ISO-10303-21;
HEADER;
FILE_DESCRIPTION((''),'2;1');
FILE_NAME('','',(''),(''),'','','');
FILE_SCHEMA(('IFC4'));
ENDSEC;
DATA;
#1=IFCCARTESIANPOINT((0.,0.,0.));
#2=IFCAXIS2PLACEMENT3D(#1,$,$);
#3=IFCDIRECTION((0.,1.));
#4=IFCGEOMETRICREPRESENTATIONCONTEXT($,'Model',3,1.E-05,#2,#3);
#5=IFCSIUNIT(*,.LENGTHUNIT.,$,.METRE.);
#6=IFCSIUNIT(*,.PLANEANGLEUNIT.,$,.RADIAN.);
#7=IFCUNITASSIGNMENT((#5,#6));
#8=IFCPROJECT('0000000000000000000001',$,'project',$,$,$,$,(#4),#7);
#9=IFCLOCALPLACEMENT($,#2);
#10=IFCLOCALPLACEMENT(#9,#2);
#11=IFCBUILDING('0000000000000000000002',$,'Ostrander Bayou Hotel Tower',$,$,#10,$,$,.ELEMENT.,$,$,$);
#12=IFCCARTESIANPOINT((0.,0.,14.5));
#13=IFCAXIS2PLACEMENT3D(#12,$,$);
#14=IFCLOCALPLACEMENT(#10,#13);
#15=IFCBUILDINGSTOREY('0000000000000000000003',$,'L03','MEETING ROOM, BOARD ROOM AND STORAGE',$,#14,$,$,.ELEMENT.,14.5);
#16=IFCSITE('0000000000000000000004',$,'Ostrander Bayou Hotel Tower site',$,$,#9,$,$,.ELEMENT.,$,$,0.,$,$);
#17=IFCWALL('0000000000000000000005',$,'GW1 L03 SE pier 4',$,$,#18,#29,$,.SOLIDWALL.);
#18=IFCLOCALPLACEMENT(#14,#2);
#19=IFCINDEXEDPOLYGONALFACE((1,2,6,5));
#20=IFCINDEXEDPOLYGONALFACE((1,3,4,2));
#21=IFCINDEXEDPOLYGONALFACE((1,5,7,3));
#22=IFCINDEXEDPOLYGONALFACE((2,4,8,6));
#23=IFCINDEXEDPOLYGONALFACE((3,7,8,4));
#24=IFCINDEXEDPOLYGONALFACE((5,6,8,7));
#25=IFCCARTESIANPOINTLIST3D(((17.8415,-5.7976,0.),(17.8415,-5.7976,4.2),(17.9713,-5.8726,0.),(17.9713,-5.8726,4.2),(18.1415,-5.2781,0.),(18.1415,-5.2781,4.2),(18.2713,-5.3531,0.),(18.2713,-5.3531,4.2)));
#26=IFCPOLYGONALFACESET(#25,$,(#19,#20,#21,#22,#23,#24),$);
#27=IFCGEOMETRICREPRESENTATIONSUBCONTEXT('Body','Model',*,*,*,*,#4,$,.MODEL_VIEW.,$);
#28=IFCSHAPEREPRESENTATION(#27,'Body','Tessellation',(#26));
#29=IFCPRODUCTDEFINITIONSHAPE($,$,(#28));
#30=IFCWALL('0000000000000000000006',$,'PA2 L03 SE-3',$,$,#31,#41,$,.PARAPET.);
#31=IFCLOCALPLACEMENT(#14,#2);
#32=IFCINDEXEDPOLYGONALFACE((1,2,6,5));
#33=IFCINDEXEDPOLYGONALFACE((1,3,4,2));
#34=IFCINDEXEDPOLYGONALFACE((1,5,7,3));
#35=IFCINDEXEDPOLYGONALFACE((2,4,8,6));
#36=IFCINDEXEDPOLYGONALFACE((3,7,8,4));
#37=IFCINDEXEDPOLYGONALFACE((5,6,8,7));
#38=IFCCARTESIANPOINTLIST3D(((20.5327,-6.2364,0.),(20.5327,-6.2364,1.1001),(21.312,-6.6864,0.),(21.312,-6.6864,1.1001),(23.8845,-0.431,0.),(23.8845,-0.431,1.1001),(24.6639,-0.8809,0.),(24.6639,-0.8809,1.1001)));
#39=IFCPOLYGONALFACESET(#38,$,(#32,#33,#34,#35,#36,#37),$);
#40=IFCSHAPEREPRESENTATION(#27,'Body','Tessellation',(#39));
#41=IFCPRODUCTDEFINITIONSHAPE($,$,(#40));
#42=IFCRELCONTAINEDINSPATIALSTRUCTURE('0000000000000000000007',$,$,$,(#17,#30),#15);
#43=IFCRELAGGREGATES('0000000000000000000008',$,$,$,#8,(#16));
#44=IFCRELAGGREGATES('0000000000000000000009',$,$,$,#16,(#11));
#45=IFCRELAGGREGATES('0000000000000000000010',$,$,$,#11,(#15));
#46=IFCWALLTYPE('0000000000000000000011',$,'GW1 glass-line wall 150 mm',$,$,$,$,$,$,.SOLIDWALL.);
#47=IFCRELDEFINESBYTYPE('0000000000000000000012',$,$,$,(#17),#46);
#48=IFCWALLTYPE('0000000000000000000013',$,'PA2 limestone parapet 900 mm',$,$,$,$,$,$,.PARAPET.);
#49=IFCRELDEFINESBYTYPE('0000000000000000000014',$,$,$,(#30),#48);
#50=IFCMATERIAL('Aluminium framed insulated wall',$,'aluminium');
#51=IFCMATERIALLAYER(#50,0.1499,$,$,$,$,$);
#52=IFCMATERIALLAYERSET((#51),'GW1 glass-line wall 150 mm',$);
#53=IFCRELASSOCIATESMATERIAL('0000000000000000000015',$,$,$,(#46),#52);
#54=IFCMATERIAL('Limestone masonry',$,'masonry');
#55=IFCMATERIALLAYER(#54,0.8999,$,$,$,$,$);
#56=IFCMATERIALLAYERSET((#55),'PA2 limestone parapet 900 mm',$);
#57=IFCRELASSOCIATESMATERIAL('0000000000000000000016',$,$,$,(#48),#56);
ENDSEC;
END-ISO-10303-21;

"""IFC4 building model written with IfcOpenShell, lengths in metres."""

from ifc_helpers import new_model, si_unit, direction, frame, frame_2d, origin, place, context, subcontext, project, spatial, rectangle, extrude, material, layer, layer_set, type_object, element, save


model = new_model("IFC4")

# Units and contexts
model_context = context("Model", 3, precision=1e-05, world=origin(), true_north=direction((0.0, 1.0)))
body_context = subcontext(model_context, "Body", "Model", "MODEL_VIEW")
ifc_project = project(units=[si_unit("LENGTHUNIT", "METRE"), si_unit("PLANEANGLEUNIT", "RADIAN")], contexts=[model_context])

# Site, building, storey
site_placement = place(None, origin())
site = spatial("IfcSite", under=ifc_project, at=site_placement, Name="Ostrander Bayou Hotel Tower site", CompositionType="ELEMENT", RefElevation=0.0)
building_placement = place(site_placement, origin())
building = spatial("IfcBuilding", under=site, at=building_placement, Name="Ostrander Bayou Hotel Tower", CompositionType="ELEMENT")
storey_placement = place(building_placement, frame((0.0, 0.0, 14.5)))
storey = spatial("IfcBuildingStorey", under=building, at=storey_placement, Name="L03", Description="MEETING ROOM, BOARD ROOM AND STORAGE", CompositionType="ELEMENT", Elevation=14.5)

# Walls
ifc_material_1 = material(Name="Aluminium framed insulated wall", Category="aluminium")
ifc_layer_1 = layer(ifc_material_1, 0.1499)
ifc_layer_set_1 = layer_set([ifc_layer_1], Name="GW1 glass-line wall 150 mm")
wall_type_1 = type_object("IfcWallType", Name="GW1 glass-line wall 150 mm", PredefinedType="SOLIDWALL", material=ifc_layer_set_1)
wall_1_placement = place(storey_placement, frame((17.9065, -5.835, 0.0), z_axis=(0.0, 0.0, 1.0), x_axis=(0.500122, 0.865955, 0.0)))
element("IfcWall", 1, at=wall_1_placement, inside=storey, type_object=wall_type_1, Name="GW1 L03 SE pier 4", PredefinedType="SOLIDWALL", context=body_context, shape_type="SweptSolid", body=[
    extrude(rectangle(XDim=0.5999, YDim=0.1499, at=frame_2d((0.2998, 0.0))), origin(), (0.0, 0.0, 1.0), 4.2),
])
ifc_material_2 = material(Name="Limestone masonry", Category="masonry")
ifc_layer_2 = layer(ifc_material_2, 0.8999)
ifc_layer_set_2 = layer_set([ifc_layer_2], Name="PA2 limestone parapet 900 mm")
wall_type_2 = type_object("IfcWallType", Name="PA2 limestone parapet 900 mm", PredefinedType="PARAPET", material=ifc_layer_set_2)
wall_2_placement = place(storey_placement, frame((20.9224, -6.4614, 0.0), z_axis=(0.0, 0.0, 1.0), x_axis=(0.500005, 0.866022, 0.0)))
element("IfcWall", 2, at=wall_2_placement, inside=storey, type_object=wall_type_2, Name="PA2 L03 SE-3", PredefinedType="PARAPET", context=body_context, shape_type="SweptSolid", body=[
    extrude(rectangle(XDim=6.7036, YDim=0.8999, at=frame_2d((3.3518, 0.0))), origin(), (0.0, 0.0, 1.0), 1.1001),
])

save(model, "model.ifc")
